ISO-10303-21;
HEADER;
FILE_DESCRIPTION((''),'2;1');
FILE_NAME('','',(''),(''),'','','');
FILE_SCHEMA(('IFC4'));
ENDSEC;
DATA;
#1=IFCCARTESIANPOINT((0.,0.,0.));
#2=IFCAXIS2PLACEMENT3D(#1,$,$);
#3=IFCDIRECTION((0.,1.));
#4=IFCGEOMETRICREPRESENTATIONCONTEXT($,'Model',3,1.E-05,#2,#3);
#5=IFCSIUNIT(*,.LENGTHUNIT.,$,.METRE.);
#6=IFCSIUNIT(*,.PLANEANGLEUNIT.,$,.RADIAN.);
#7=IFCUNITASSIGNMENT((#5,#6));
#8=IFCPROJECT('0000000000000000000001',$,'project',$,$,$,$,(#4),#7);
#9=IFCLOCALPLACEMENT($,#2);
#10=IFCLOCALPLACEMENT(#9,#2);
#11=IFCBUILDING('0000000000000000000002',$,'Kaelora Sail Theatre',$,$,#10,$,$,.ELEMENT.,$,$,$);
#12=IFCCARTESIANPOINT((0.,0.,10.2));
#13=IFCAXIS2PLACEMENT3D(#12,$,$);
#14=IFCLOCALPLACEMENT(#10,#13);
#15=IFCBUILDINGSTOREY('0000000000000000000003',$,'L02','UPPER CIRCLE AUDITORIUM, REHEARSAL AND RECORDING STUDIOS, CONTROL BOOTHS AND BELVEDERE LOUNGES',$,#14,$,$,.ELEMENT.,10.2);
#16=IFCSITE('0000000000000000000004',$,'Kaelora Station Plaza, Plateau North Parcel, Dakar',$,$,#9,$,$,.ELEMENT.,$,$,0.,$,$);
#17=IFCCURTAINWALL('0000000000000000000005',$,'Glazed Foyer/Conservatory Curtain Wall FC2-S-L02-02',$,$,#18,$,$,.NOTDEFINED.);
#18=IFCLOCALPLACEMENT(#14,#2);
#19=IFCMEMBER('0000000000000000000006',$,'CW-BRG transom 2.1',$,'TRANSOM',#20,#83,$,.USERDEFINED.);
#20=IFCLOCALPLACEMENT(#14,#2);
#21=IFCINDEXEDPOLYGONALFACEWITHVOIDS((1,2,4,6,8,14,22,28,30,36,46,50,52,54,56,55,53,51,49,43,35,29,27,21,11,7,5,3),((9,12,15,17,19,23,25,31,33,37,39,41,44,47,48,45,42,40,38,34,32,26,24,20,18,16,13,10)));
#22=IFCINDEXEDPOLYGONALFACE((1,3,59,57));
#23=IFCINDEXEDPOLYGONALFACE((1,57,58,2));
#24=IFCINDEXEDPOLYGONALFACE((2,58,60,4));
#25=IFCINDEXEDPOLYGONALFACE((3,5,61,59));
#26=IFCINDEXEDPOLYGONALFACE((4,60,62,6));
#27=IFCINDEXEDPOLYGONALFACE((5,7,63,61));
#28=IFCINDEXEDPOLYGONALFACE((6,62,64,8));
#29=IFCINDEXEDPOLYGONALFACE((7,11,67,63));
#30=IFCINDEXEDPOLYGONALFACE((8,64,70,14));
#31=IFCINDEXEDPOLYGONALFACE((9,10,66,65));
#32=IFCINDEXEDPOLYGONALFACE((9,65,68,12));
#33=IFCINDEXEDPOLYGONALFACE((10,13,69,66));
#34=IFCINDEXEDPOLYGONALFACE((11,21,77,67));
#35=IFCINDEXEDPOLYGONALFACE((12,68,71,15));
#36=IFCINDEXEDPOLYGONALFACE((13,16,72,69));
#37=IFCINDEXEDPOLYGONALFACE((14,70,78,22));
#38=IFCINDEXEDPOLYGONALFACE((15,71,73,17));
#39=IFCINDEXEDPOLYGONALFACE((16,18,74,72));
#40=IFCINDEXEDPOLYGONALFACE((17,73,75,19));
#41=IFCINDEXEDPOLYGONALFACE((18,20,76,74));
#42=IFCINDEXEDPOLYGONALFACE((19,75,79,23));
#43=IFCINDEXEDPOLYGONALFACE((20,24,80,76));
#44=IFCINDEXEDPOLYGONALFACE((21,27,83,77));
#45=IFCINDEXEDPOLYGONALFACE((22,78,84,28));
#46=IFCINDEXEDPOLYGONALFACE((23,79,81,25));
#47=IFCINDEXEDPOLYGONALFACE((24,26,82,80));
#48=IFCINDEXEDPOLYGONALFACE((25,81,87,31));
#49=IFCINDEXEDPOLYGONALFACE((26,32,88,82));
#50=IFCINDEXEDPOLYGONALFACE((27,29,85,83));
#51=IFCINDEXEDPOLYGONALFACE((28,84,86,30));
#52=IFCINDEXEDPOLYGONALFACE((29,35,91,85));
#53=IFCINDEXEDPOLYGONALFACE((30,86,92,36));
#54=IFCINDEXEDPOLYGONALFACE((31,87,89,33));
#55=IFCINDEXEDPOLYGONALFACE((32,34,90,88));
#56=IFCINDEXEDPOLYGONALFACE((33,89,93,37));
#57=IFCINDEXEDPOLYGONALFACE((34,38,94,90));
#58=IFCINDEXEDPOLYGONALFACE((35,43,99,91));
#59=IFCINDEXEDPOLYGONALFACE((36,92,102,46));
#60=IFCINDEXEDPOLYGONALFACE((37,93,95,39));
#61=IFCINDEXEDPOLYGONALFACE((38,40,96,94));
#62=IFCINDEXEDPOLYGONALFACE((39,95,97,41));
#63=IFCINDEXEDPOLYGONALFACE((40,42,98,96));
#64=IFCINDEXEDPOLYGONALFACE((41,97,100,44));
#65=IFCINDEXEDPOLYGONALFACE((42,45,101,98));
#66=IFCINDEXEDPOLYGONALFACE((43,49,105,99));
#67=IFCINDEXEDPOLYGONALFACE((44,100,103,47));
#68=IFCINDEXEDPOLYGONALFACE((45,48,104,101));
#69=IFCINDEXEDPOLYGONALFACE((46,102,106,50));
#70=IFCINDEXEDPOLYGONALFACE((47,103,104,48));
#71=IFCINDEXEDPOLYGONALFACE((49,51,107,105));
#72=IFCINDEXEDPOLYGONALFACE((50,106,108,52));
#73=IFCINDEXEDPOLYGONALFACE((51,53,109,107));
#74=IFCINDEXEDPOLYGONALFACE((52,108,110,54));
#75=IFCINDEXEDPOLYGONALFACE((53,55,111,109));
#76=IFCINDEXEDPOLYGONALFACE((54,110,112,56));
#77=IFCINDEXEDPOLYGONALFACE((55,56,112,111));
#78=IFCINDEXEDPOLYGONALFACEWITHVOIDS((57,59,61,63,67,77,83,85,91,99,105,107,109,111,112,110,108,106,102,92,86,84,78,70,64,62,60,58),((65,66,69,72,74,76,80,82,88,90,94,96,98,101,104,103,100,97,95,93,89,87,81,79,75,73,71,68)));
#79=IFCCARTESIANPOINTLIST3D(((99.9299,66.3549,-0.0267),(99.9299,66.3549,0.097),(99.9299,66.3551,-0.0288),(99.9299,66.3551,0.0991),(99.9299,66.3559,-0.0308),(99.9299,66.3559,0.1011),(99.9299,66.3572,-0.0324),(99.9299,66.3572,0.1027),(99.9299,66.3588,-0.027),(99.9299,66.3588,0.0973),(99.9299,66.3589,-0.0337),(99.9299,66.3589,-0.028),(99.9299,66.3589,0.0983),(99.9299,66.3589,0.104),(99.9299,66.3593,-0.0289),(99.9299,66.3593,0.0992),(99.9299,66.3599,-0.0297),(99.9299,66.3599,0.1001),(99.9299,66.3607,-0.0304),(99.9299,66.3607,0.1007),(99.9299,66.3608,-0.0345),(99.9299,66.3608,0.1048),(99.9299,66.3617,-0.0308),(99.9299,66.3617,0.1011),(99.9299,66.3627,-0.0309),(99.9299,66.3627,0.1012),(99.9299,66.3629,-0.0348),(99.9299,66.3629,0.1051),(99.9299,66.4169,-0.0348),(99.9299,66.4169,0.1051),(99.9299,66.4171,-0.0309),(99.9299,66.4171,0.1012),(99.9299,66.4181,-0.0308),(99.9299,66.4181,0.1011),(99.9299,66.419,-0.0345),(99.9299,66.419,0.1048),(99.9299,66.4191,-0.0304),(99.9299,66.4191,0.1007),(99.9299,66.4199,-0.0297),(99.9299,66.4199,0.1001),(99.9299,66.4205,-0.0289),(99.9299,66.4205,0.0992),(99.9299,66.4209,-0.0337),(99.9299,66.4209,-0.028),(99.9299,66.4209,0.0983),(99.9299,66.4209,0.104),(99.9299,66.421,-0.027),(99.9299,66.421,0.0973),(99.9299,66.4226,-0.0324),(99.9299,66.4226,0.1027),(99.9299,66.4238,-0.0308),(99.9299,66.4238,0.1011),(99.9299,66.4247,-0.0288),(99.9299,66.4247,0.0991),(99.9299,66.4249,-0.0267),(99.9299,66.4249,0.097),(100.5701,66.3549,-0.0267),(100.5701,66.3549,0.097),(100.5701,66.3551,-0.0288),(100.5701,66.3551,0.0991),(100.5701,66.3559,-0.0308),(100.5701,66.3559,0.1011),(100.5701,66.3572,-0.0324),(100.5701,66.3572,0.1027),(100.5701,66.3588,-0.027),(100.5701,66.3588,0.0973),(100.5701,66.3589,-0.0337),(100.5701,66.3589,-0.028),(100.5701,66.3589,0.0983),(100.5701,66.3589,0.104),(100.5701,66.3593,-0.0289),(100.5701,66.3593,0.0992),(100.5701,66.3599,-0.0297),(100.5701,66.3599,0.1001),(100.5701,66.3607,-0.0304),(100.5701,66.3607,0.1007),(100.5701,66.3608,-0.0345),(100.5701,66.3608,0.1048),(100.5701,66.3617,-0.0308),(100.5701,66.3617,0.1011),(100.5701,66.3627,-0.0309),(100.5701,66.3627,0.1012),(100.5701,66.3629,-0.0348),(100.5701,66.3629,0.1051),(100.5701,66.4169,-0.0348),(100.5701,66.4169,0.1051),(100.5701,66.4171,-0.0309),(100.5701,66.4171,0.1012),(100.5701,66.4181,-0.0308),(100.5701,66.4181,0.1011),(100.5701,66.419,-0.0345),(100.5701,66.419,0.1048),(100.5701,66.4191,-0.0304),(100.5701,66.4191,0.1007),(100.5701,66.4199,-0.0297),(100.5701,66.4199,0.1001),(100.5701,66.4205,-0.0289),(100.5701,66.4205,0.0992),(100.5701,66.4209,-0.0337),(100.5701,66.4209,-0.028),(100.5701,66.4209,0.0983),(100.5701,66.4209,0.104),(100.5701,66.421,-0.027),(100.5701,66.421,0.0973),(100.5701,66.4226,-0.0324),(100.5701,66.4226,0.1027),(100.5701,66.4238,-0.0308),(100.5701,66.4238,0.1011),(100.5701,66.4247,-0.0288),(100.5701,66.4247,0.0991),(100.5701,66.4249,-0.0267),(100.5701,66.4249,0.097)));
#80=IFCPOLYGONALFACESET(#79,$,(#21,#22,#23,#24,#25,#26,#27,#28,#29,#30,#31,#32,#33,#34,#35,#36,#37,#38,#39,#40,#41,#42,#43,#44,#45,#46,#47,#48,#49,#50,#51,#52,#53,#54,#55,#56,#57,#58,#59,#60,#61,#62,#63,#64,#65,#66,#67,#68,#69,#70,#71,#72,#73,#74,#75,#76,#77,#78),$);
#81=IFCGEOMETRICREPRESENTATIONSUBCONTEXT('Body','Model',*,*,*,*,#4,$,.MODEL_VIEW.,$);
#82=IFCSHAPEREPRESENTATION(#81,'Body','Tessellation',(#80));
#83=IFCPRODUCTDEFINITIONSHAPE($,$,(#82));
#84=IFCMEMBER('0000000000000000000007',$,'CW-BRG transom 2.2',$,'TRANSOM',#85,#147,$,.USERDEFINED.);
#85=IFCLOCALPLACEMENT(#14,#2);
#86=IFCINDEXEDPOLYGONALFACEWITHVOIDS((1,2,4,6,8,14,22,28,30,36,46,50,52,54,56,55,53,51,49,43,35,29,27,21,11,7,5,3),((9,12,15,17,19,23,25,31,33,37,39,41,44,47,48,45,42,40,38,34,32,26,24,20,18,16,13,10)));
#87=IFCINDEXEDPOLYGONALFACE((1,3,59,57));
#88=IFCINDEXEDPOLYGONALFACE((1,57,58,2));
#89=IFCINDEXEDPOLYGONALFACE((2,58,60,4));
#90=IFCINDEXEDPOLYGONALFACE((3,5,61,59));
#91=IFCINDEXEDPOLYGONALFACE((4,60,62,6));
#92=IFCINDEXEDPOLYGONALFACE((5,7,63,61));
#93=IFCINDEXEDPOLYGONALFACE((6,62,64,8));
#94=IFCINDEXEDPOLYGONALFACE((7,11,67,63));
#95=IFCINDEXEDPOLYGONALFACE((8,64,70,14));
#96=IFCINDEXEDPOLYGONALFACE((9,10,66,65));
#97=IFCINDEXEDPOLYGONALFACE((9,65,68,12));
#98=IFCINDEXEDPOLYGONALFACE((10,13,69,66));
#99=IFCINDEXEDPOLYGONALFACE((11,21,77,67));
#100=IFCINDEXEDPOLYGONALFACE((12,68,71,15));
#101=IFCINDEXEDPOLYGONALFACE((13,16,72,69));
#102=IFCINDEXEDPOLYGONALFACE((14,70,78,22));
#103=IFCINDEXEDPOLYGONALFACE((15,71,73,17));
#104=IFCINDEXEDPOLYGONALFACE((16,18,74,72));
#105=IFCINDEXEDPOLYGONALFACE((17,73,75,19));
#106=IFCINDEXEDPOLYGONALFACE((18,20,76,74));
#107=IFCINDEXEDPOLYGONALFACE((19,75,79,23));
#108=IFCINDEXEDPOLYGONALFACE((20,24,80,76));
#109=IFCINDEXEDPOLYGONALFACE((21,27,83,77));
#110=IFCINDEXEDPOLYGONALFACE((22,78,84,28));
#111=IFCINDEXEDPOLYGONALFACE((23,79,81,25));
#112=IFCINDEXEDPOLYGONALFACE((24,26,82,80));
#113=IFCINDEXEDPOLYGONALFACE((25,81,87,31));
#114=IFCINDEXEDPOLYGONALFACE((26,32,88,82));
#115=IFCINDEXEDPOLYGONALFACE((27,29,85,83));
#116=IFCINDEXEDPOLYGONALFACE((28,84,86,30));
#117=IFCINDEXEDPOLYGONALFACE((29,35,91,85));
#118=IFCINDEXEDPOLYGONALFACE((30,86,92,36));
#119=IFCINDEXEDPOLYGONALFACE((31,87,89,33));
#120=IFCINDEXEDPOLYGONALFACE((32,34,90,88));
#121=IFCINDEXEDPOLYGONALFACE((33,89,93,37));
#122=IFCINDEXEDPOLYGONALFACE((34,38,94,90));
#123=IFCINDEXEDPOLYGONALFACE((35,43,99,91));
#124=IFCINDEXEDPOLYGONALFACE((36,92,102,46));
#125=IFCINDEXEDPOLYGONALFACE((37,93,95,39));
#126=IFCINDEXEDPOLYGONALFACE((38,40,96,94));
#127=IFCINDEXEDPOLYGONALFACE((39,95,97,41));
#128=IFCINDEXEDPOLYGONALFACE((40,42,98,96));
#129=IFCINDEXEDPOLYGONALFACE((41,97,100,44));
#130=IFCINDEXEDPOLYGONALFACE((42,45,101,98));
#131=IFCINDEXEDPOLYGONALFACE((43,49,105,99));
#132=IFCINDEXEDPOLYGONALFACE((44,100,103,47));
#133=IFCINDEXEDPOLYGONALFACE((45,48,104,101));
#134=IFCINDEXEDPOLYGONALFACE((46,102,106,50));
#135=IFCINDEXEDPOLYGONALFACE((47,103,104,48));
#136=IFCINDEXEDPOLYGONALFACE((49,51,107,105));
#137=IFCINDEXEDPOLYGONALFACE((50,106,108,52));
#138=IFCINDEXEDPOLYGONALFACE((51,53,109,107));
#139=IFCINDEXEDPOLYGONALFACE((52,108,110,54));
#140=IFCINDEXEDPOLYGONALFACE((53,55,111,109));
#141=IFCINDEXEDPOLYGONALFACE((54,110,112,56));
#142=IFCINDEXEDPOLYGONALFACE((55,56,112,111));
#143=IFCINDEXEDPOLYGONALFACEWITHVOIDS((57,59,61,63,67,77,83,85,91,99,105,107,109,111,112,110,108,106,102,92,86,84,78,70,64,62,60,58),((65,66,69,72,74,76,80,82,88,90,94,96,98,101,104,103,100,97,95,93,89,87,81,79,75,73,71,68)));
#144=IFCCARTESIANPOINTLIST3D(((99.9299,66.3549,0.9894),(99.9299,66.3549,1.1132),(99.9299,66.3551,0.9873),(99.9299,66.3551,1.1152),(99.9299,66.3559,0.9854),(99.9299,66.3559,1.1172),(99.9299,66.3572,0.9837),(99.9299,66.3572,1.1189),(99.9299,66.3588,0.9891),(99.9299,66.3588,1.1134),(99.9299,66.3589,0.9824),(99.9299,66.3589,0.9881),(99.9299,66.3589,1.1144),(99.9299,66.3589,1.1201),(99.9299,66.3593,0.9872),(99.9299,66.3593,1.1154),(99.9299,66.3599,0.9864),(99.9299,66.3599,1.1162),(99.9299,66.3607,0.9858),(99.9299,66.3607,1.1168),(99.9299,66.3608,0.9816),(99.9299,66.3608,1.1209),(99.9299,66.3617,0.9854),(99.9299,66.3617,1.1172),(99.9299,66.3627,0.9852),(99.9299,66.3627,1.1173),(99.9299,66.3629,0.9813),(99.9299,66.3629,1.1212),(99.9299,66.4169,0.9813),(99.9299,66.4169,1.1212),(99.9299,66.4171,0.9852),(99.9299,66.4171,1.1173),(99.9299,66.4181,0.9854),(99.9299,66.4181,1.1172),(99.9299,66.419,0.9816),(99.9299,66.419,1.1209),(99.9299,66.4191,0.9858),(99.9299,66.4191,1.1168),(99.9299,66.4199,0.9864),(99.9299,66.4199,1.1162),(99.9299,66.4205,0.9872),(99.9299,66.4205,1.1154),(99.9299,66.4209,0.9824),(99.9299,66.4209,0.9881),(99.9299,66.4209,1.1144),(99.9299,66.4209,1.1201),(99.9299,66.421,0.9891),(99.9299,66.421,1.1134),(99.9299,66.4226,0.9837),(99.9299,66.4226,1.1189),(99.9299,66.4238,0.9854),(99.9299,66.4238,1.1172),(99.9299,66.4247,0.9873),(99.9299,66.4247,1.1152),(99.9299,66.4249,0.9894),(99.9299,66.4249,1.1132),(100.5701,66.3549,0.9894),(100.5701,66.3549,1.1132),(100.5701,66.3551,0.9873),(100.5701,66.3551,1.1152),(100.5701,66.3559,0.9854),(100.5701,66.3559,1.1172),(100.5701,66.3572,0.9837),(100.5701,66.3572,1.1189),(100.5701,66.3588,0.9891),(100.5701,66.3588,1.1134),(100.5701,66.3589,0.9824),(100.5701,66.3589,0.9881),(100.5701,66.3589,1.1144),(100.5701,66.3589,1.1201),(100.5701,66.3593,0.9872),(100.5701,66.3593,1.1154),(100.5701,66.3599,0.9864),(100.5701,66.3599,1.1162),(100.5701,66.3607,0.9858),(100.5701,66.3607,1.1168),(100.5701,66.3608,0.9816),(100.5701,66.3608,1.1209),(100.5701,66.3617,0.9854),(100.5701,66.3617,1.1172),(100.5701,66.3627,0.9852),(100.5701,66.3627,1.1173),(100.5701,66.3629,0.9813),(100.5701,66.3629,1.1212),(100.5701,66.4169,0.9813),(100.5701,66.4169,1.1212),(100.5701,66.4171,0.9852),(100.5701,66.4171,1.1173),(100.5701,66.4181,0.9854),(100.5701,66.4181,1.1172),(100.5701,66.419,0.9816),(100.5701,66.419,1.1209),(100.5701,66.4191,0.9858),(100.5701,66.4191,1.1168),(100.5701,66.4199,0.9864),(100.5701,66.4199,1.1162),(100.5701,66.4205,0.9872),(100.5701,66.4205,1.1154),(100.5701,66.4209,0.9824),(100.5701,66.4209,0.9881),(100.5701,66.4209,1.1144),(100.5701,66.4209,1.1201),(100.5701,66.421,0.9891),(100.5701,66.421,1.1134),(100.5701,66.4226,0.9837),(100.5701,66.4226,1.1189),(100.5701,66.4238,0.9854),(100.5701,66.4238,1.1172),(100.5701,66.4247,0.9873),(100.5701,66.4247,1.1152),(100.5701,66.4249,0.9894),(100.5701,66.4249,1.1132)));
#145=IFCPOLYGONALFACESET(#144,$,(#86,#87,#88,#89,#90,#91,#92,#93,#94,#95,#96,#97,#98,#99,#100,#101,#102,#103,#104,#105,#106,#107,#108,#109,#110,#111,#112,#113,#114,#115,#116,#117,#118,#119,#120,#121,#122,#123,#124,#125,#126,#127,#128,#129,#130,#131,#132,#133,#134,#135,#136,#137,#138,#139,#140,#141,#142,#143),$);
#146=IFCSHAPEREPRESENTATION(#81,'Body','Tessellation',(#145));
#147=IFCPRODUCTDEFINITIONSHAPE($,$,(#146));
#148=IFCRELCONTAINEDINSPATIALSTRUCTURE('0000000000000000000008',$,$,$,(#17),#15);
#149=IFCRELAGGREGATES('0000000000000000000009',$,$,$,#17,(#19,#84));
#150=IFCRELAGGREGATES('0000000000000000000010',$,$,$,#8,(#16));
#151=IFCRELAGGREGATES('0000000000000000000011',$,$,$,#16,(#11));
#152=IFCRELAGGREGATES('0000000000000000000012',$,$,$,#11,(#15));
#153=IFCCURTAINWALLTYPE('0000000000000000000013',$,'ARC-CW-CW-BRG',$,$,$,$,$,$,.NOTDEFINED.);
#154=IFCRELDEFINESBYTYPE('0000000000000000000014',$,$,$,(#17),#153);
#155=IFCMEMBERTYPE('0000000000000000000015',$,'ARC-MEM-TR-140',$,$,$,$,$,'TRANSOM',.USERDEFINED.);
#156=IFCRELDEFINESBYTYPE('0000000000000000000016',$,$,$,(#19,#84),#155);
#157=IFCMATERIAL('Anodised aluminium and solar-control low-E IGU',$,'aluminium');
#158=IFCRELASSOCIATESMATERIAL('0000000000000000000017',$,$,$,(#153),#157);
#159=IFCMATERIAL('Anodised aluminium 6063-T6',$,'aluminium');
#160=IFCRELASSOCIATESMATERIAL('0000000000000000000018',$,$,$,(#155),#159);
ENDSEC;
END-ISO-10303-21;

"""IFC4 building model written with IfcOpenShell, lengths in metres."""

from ifc_helpers import new_model, si_unit, direction, frame, origin, origin_2d, place, context, subcontext, project, spatial, hollow_rectangle, extrude, material, material_profile, profile_set, type_object, element, aggregate, save


model = new_model("IFC4")

# Units and contexts
model_context = context("Model", 3, precision=1e-05, world=origin(), true_north=direction((0.0, 1.0)))
body_context = subcontext(model_context, "Body", "Model", "MODEL_VIEW")
ifc_project = project(units=[si_unit("LENGTHUNIT", "METRE"), si_unit("PLANEANGLEUNIT", "RADIAN")], contexts=[model_context])

# Site, building, storey
site_placement = place(None, origin())
site = spatial("IfcSite", under=ifc_project, at=site_placement, Name="Kaelora Station Plaza, Plateau North Parcel, Dakar", CompositionType="ELEMENT", RefElevation=0.0)
building_placement = place(site_placement, origin())
building = spatial("IfcBuilding", under=site, at=building_placement, Name="Kaelora Sail Theatre", CompositionType="ELEMENT")
storey_placement = place(building_placement, frame((0.0, 0.0, 10.2)))
storey = spatial("IfcBuildingStorey", under=building, at=storey_placement, Name="L02", Description="UPPER CIRCLE AUDITORIUM, REHEARSAL AND RECORDING STUDIOS, CONTROL BOOTHS AND BELVEDERE LOUNGES", CompositionType="ELEMENT", Elevation=10.2)

# Curtain wall
ifc_material_1 = material(Name="Anodised aluminium and solar-control low-E IGU", Category="aluminium")
curtain_wall_type = type_object("IfcCurtainWallType", Name="ARC-CW-CW-BRG", PredefinedType="NOTDEFINED", material=ifc_material_1)
curtain_wall_1_placement = place(storey_placement, origin())
curtain_wall_1 = element("IfcCurtainWall", 1, at=curtain_wall_1_placement, inside=storey, type_object=curtain_wall_type, Name="Glazed Foyer/Conservatory Curtain Wall FC2-S-L02-02", PredefinedType="NOTDEFINED")

# Members
ifc_material_2 = material(Name="Anodised aluminium 6063-T6", Category="aluminium")
ifc_material_profile_1 = material_profile(ifc_material_2, hollow_rectangle(XDim=0.0701, YDim=0.1399, WallThickness=0.0039, InnerFilletRadius=0.0039, OuterFilletRadius=0.0081, at=origin_2d()), Name="ALU-TRAN 70x140x4")
ifc_profile_set_1 = profile_set([ifc_material_profile_1], Name="Anodised aluminium 6063-T6")
member_type_1 = type_object("IfcMemberType", Name="ARC-MEM-TR-140", ElementType="TRANSOM", PredefinedType="USERDEFINED", material=ifc_profile_set_1)
member_1_placement = place(storey_placement, frame((99.9299, 66.3899, 0.0352), z_axis=(1.0, 0.0, 0.0), x_axis=(0.0, 1.0, 0.0)))
member_1 = element("IfcMember", 2, at=member_1_placement, type_object=member_type_1, Name="CW-BRG transom 2.1", ObjectType="TRANSOM", PredefinedType="USERDEFINED", context=body_context, shape_type="SweptSolid", body=[
    extrude(hollow_rectangle(XDim=0.0701, YDim=0.1399, WallThickness=0.0039, InnerFilletRadius=0.0039, OuterFilletRadius=0.0081, at=origin_2d()), origin(), (0.0, 0.0, 1.0), 0.6401),
])
member_2_placement = place(storey_placement, frame((99.9299, 66.3899, 1.0513), z_axis=(1.0, 0.0, 0.0), x_axis=(0.0, 1.0, 0.0)))
member_2 = element("IfcMember", 3, at=member_2_placement, type_object=member_type_1, Name="CW-BRG transom 2.2", ObjectType="TRANSOM", PredefinedType="USERDEFINED", context=body_context, shape_type="SweptSolid", body=[
    extrude(hollow_rectangle(XDim=0.0701, YDim=0.1399, WallThickness=0.0039, InnerFilletRadius=0.0039, OuterFilletRadius=0.0081, at=origin_2d()), origin(), (0.0, 0.0, 1.0), 0.6401),
])

aggregate(curtain_wall_1, [member_1, member_2])

save(model, "model.ifc")
